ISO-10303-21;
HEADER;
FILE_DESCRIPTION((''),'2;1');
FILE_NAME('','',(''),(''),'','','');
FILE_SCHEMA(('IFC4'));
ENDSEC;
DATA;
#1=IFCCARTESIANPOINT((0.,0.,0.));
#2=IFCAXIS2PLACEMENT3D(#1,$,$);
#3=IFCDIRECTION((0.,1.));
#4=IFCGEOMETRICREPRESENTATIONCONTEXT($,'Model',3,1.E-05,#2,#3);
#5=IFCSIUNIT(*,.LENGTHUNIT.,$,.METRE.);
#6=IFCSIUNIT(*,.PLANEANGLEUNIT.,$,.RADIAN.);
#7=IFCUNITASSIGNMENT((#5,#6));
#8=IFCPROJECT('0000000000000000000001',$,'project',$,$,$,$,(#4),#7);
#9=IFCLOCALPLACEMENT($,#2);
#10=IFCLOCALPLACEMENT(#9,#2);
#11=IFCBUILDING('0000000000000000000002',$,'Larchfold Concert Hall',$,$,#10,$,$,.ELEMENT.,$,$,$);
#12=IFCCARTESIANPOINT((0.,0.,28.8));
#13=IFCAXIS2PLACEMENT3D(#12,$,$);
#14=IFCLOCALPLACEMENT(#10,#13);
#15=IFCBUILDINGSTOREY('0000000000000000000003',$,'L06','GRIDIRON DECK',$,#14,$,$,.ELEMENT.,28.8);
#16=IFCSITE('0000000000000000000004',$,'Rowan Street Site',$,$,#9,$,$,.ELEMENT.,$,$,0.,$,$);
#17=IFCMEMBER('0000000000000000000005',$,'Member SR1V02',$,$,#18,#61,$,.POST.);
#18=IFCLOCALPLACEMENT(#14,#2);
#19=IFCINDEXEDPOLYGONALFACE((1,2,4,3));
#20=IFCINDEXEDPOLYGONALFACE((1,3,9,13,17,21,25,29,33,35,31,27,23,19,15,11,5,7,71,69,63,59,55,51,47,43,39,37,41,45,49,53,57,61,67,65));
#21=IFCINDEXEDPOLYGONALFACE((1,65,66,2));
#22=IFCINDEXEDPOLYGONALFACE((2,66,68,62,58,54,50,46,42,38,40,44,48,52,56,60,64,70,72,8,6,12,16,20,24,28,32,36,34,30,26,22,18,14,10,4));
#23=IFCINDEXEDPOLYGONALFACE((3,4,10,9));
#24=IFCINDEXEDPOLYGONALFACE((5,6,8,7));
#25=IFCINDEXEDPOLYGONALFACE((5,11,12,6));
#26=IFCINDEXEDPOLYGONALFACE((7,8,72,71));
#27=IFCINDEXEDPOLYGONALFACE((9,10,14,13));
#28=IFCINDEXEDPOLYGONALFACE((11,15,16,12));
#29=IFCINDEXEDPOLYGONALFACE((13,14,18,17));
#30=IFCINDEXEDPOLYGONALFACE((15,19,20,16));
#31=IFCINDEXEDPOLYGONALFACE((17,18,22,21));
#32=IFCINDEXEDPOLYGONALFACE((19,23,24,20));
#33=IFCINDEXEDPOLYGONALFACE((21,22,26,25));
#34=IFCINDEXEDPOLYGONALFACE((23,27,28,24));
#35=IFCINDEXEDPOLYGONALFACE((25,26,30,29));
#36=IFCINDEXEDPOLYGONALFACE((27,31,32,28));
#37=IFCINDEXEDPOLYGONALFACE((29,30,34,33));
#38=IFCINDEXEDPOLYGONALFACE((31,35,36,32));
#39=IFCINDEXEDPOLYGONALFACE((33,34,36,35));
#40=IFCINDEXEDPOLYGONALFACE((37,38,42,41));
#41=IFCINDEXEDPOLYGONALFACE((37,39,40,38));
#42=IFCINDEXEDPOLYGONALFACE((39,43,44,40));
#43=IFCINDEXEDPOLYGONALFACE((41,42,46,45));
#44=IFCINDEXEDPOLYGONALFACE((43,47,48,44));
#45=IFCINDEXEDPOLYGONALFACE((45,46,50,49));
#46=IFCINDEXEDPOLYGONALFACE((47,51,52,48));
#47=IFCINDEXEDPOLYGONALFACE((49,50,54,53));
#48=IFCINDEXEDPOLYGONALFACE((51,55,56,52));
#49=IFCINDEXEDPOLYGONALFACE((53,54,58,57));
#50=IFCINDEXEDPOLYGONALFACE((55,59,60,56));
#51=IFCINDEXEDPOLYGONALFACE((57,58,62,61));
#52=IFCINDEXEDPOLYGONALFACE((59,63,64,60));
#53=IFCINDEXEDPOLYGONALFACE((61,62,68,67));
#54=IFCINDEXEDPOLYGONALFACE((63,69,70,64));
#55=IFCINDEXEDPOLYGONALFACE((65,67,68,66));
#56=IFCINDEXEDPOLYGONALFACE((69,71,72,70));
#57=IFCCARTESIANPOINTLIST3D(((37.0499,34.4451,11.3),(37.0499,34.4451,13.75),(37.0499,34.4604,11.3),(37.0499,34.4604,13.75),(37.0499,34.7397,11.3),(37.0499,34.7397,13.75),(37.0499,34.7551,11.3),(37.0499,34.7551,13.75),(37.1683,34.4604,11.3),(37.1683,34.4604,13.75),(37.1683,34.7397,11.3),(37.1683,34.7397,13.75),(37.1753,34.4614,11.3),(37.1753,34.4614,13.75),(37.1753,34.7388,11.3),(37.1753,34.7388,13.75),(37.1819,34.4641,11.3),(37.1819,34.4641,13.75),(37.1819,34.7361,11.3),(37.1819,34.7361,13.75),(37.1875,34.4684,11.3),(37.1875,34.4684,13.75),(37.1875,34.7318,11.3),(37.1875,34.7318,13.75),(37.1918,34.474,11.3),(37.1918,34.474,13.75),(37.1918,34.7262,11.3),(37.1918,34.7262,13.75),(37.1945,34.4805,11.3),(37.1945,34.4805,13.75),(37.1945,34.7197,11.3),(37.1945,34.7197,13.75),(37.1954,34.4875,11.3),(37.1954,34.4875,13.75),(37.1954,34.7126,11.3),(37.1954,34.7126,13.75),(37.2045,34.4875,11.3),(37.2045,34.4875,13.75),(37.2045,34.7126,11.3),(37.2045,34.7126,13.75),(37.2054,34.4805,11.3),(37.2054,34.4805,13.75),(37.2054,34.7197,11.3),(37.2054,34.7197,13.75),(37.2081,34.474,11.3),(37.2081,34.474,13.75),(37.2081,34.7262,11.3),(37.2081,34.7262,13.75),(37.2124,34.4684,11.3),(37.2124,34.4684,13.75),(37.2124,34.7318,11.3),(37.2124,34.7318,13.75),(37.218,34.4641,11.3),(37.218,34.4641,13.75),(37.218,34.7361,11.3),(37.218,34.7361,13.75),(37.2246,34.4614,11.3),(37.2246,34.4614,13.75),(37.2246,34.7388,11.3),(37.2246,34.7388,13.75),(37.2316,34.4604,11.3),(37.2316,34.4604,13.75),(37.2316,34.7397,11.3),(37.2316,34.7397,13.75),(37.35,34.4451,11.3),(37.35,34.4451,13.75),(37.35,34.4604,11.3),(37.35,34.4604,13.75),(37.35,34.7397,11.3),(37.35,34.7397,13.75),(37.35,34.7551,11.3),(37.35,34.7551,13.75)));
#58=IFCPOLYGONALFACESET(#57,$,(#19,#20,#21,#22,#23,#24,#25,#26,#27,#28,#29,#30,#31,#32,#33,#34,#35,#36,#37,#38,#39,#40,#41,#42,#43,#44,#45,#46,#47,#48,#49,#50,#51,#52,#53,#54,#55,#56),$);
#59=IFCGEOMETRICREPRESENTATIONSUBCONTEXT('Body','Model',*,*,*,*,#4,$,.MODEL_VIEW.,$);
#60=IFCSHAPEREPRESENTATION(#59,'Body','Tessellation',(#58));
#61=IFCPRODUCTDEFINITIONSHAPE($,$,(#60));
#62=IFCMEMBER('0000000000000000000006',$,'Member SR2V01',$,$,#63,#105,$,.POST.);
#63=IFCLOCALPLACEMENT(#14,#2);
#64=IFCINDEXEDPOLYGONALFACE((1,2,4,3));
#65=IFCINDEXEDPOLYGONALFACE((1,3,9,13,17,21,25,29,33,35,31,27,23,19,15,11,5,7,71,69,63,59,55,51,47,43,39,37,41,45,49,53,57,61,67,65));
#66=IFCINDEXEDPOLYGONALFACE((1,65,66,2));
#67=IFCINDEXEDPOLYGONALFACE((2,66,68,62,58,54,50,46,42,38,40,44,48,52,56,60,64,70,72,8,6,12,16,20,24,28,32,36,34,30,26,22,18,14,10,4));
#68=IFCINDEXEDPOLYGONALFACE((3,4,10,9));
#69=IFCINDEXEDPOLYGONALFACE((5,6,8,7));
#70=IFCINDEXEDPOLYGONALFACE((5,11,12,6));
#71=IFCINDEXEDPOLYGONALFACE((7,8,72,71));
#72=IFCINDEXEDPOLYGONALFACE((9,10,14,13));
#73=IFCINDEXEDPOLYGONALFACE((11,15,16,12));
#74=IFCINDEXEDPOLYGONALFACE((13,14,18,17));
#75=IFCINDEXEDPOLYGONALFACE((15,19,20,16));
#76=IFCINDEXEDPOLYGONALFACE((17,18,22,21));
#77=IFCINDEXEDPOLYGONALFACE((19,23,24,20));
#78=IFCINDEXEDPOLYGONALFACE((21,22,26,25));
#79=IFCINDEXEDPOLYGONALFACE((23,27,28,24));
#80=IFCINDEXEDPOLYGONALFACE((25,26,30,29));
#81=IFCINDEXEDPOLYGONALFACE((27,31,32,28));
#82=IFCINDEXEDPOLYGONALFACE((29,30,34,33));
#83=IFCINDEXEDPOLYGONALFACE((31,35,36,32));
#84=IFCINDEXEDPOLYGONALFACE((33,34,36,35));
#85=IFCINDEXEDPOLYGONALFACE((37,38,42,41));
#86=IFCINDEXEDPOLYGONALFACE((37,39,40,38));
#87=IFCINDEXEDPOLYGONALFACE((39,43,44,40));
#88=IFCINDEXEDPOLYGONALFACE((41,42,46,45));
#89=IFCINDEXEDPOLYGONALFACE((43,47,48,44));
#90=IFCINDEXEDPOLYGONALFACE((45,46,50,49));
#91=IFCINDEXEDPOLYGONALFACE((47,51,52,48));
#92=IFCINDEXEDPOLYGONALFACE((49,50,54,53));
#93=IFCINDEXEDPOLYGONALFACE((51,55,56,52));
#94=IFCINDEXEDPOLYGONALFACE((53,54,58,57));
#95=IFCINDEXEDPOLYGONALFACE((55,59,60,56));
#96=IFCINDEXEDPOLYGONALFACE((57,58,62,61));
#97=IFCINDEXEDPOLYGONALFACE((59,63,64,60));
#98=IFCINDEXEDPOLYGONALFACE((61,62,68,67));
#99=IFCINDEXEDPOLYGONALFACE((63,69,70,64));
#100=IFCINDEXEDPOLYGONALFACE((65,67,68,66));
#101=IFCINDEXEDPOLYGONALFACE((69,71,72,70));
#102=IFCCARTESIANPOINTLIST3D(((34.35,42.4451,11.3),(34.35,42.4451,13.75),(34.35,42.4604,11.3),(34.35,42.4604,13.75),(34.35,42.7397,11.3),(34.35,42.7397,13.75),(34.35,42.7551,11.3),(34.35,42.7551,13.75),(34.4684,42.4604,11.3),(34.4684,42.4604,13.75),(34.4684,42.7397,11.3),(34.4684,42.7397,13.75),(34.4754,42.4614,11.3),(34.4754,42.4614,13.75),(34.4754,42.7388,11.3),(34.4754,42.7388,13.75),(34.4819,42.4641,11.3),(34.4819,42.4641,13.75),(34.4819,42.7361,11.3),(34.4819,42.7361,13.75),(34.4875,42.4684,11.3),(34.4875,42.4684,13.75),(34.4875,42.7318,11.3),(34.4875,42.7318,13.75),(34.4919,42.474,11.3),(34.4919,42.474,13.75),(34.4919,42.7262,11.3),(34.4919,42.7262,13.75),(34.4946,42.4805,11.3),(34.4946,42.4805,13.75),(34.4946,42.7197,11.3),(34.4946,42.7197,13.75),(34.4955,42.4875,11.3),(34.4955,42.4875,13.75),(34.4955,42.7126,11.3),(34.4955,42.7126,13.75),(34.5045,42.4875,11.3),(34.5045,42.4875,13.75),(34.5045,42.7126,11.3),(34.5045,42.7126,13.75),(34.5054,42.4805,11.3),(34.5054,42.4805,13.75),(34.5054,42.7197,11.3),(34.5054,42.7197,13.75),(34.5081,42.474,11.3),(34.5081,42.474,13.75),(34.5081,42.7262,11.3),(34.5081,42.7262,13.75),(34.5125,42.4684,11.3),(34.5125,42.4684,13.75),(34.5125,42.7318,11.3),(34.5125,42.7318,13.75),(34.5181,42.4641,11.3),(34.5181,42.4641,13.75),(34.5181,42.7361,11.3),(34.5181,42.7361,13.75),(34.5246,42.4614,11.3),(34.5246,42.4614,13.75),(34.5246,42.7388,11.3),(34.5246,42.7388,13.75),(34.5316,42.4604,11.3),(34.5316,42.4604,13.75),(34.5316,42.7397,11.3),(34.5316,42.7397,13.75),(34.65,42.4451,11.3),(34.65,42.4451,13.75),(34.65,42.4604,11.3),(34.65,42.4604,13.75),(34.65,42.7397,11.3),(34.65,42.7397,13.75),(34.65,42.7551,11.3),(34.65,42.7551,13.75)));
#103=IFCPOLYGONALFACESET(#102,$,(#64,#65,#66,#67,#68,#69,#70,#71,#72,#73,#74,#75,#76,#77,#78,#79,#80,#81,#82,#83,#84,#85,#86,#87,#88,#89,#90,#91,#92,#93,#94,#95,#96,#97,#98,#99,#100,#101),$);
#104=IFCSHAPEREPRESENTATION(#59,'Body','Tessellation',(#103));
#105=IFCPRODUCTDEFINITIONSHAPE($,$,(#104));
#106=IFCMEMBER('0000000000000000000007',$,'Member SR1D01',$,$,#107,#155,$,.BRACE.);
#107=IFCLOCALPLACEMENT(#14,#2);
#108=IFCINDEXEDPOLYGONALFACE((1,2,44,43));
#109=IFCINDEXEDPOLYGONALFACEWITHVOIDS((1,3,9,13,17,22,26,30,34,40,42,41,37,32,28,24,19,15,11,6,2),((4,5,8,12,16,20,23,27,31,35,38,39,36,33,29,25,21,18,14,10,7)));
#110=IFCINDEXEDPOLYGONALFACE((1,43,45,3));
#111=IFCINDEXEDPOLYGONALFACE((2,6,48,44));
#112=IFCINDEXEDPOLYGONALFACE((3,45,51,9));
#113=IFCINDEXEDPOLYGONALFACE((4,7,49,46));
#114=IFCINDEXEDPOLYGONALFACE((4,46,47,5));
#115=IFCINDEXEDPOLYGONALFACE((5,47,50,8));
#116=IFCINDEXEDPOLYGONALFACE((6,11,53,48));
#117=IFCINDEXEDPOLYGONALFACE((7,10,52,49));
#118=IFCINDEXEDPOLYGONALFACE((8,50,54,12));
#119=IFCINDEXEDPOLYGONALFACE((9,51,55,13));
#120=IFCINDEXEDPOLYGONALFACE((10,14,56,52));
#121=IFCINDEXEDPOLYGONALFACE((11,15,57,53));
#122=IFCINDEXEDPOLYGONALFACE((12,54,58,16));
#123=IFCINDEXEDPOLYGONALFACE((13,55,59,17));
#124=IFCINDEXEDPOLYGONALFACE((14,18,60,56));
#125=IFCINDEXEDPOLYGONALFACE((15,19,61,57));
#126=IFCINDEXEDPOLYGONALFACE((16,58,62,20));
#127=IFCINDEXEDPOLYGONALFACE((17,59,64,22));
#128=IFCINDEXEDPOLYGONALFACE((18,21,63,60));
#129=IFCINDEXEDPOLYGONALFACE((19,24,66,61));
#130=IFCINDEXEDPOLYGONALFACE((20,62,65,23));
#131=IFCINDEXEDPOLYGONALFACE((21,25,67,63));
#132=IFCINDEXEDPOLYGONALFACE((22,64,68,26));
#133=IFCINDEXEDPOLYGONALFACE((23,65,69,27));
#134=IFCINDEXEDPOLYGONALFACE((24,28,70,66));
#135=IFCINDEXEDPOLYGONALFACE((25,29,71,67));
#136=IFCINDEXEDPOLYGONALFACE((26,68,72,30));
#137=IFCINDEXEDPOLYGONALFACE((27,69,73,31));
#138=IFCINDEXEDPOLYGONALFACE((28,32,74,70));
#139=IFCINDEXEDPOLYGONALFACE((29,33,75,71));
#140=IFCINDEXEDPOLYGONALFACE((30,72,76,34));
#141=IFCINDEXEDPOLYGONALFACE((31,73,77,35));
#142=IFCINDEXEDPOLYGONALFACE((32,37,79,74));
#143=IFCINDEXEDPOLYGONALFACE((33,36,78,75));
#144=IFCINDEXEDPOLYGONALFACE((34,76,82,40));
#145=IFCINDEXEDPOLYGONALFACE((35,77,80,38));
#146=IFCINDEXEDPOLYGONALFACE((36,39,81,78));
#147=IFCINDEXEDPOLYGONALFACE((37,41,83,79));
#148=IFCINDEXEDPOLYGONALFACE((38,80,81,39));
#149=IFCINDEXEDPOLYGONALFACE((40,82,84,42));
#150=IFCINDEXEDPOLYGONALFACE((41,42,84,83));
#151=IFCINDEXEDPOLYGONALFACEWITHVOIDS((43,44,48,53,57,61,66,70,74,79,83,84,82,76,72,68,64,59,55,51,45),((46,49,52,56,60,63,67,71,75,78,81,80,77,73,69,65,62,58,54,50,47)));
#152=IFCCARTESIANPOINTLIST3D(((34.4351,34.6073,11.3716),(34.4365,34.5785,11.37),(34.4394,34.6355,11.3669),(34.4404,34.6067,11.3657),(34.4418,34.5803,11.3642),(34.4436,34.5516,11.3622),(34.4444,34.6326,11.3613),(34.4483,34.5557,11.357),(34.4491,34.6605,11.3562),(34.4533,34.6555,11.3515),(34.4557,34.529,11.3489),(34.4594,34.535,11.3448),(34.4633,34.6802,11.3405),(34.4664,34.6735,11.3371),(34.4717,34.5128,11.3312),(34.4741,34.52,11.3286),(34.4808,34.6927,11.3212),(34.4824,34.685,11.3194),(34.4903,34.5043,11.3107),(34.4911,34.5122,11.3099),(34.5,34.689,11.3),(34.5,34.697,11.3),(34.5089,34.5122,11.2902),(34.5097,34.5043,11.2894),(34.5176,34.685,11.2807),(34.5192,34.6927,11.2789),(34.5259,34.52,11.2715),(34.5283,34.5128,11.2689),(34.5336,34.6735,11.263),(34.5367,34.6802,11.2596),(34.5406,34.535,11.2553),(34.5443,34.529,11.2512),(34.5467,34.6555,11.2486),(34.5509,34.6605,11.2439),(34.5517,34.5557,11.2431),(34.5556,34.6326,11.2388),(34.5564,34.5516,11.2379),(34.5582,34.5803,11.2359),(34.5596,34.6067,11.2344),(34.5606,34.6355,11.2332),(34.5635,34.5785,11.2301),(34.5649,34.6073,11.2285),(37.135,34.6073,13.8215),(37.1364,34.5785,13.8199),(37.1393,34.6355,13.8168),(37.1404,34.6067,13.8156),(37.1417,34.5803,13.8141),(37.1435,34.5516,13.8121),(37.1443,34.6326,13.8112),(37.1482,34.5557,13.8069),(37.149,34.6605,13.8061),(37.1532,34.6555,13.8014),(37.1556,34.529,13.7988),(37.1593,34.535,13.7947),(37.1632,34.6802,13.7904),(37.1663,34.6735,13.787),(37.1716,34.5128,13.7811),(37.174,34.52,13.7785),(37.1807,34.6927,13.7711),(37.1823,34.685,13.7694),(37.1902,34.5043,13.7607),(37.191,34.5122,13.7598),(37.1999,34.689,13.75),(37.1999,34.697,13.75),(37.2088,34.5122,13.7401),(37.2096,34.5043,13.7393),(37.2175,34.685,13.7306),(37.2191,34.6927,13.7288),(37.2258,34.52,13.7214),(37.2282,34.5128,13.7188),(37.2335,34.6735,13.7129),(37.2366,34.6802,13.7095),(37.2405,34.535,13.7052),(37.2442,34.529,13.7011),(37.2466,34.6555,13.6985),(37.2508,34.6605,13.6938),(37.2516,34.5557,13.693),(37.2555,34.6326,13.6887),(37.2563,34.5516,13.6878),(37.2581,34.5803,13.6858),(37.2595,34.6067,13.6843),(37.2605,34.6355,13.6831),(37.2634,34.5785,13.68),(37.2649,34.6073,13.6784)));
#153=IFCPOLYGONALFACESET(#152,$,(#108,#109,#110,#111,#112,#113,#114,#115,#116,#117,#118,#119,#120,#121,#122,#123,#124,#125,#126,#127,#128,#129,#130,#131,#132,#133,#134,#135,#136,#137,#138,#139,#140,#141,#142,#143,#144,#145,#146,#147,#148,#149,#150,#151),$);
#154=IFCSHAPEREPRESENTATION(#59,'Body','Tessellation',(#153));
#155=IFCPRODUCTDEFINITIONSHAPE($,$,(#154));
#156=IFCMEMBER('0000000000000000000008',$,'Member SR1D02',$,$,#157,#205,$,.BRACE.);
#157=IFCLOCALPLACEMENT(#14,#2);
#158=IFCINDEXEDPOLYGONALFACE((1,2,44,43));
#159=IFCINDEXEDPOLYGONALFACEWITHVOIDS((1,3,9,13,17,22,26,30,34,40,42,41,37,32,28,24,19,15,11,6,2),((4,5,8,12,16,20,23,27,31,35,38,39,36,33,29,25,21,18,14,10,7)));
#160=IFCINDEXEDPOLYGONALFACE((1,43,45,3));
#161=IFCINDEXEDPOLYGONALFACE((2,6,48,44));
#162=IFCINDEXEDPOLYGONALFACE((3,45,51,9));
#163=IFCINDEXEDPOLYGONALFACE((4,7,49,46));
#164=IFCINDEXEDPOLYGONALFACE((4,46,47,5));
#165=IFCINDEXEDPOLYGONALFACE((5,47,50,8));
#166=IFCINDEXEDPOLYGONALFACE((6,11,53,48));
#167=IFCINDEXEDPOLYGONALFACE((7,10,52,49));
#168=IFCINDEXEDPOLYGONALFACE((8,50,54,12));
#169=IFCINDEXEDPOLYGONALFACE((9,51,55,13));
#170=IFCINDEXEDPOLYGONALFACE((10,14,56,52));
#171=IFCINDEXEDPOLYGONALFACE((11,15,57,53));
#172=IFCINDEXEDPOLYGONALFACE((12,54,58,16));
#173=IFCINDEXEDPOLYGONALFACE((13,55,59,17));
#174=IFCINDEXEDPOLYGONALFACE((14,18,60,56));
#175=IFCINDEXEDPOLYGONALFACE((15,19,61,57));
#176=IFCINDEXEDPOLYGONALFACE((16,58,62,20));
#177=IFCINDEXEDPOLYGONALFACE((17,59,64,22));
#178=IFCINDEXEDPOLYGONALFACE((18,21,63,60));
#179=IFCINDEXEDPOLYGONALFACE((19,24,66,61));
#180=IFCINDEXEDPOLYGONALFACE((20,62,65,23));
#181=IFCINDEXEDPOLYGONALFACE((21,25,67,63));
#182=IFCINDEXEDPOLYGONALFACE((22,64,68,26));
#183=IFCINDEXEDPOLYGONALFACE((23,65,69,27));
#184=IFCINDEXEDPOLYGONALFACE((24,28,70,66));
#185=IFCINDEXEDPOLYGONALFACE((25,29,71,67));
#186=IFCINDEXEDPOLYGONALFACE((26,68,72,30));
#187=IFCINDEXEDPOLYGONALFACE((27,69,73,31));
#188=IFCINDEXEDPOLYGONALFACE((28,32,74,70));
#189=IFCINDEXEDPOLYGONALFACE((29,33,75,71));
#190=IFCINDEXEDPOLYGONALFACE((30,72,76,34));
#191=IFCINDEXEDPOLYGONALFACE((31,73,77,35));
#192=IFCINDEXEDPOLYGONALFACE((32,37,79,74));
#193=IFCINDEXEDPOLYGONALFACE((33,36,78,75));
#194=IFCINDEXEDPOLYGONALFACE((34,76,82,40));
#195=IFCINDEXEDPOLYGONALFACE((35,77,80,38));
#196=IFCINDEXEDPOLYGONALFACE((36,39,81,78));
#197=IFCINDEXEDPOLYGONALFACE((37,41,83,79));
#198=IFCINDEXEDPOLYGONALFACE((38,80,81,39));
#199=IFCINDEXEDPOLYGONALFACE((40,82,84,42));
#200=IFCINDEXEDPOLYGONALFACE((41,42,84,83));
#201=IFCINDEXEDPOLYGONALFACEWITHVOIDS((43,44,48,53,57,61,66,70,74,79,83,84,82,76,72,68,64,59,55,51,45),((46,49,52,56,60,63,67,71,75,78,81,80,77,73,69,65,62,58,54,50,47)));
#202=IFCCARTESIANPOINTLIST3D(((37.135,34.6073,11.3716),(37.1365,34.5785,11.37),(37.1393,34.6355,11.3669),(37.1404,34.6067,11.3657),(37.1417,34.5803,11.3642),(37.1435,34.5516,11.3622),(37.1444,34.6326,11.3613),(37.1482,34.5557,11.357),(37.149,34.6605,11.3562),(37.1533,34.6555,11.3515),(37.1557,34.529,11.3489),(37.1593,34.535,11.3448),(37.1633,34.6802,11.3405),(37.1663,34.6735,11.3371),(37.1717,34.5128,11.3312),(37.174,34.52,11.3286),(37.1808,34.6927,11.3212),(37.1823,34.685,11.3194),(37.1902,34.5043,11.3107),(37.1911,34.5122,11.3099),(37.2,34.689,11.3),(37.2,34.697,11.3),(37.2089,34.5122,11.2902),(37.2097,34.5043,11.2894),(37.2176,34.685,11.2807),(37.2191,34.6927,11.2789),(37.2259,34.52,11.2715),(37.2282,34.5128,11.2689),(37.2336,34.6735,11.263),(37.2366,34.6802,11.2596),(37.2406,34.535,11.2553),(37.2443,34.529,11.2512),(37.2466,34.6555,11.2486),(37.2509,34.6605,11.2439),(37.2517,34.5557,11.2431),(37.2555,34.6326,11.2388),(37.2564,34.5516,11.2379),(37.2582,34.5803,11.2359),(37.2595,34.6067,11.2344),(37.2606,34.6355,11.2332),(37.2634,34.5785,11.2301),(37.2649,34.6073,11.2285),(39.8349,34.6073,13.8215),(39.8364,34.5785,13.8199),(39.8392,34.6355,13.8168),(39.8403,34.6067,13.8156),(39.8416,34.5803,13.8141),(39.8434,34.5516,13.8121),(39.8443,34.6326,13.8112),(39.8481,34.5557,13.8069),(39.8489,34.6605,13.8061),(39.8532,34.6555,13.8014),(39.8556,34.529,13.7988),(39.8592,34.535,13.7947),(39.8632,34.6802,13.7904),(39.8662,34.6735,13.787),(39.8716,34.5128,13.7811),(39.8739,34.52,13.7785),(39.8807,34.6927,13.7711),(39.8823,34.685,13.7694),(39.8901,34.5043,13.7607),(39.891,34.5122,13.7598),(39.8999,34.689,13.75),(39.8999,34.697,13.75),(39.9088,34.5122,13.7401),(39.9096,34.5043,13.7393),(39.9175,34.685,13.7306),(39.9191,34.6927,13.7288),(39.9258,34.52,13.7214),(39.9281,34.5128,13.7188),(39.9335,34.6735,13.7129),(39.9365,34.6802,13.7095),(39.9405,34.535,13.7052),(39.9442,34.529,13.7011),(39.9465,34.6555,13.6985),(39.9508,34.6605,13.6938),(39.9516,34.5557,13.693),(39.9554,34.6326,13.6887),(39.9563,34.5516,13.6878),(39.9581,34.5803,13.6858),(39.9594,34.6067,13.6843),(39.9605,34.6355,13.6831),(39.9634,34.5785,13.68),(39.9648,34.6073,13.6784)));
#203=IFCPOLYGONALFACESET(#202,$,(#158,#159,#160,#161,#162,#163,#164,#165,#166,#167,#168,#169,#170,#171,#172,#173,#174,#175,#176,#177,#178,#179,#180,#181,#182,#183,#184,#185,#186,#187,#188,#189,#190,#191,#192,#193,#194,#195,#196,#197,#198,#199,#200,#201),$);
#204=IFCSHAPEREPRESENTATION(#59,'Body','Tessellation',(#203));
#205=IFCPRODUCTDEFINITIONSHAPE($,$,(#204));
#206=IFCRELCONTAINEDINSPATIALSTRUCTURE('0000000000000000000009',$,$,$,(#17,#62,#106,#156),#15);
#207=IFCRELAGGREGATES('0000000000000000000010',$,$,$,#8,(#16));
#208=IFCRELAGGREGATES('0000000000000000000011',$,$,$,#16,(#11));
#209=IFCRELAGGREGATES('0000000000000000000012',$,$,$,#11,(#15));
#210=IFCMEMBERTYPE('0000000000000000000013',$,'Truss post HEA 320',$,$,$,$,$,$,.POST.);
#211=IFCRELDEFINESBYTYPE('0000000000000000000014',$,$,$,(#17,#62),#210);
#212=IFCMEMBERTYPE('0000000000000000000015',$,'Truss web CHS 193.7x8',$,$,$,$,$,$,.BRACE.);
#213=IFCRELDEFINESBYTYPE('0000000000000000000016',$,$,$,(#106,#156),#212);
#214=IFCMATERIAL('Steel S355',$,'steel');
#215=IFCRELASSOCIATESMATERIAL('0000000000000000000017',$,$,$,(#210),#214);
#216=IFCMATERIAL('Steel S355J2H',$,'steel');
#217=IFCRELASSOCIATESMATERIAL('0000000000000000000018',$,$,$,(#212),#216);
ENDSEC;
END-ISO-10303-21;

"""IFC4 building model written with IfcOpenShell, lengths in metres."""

from ifc_helpers import new_model, si_unit, direction, frame, origin, origin_2d, place, context, subcontext, project, spatial, hollow_circle, i_section, extrude, material, material_profile, profile_set, type_object, element, save


model = new_model("IFC4")

# Units and contexts
model_context = context("Model", 3, precision=1e-05, world=origin(), true_north=direction((0.0, 1.0)))
body_context = subcontext(model_context, "Body", "Model", "MODEL_VIEW")
ifc_project = project(units=[si_unit("LENGTHUNIT", "METRE"), si_unit("PLANEANGLEUNIT", "RADIAN")], contexts=[model_context])

# Site, building, storey
site_placement = place(None, origin())
site = spatial("IfcSite", under=ifc_project, at=site_placement, Name="Rowan Street Site", CompositionType="ELEMENT", RefElevation=0.0)
building_placement = place(site_placement, origin())
building = spatial("IfcBuilding", under=site, at=building_placement, Name="Larchfold Concert Hall", CompositionType="ELEMENT")
storey_placement = place(building_placement, frame((0.0, 0.0, 28.8)))
storey = spatial("IfcBuildingStorey", under=building, at=storey_placement, Name="L06", Description="GRIDIRON DECK", CompositionType="ELEMENT", Elevation=28.8)

# Members
ifc_material_1 = material(Name="Steel S355", Category="steel")
ifc_material_profile_1 = material_profile(ifc_material_1, i_section(OverallWidth=0.3, OverallDepth=0.3101, WebThickness=0.009, FlangeThickness=0.0154, FilletRadius=0.0271, at=origin_2d()))
ifc_profile_set_1 = profile_set([ifc_material_profile_1], Name="Steel S355")
member_type_1 = type_object("IfcMemberType", Name="Truss post HEA 320", PredefinedType="POST", material=ifc_profile_set_1)
for number, where, z_axis, x_axis, name in (
    (1, (37.2, 34.6001, 11.3), (0.0, 0.0, 1.0), (1.0, 0.0, 0.0), "Member SR1V02"),
    (2, (34.5, 42.6001, 11.3), (0.0, 0.0, 1.0), (1.0, 0.0, 0.0), "Member SR2V01"),
):
    element("IfcMember", number, at=place(storey_placement, frame(where, z_axis=z_axis, x_axis=x_axis)), inside=storey, type_object=member_type_1, Name=name, PredefinedType="POST", context=body_context, shape_type="SweptSolid", body=[
        extrude(i_section(OverallWidth=0.3, OverallDepth=0.3101, WebThickness=0.009, FlangeThickness=0.0154, FilletRadius=0.0271, at=origin_2d()), origin(), (0.0, 0.0, 1.0), 2.45),
    ])
ifc_material_2 = material(Name="Steel S355J2H", Category="steel")
ifc_material_profile_2 = material_profile(ifc_material_2, hollow_circle(Radius=0.0969, WallThickness=0.0081, at=origin_2d()))
ifc_profile_set_2 = profile_set([ifc_material_profile_2], Name="Steel S355J2H")
member_type_2 = type_object("IfcMemberType", Name="Truss web CHS 193.7x8", PredefinedType="BRACE", material=ifc_profile_set_2)
for number, where, z_axis, x_axis, name in (
    (3, (34.5, 34.6001, 11.3), (0.740561, 0.0, 0.671989), (0.0, 1.0, 0.0), "Member SR1D01"),
    (4, (37.2, 34.6001, 11.3), (0.740561, 0.0, 0.671989), (0.0, 1.0, 0.0), "Member SR1D02"),
):
    element("IfcMember", number, at=place(storey_placement, frame(where, z_axis=z_axis, x_axis=x_axis)), inside=storey, type_object=member_type_2, Name=name, PredefinedType="BRACE", context=body_context, shape_type="SweptSolid", body=[
        extrude(hollow_circle(Radius=0.0969, WallThickness=0.0081, at=origin_2d()), origin(), (0.0, 0.0, 1.0), 3.6458),
    ])

save(model, "model.ifc")
